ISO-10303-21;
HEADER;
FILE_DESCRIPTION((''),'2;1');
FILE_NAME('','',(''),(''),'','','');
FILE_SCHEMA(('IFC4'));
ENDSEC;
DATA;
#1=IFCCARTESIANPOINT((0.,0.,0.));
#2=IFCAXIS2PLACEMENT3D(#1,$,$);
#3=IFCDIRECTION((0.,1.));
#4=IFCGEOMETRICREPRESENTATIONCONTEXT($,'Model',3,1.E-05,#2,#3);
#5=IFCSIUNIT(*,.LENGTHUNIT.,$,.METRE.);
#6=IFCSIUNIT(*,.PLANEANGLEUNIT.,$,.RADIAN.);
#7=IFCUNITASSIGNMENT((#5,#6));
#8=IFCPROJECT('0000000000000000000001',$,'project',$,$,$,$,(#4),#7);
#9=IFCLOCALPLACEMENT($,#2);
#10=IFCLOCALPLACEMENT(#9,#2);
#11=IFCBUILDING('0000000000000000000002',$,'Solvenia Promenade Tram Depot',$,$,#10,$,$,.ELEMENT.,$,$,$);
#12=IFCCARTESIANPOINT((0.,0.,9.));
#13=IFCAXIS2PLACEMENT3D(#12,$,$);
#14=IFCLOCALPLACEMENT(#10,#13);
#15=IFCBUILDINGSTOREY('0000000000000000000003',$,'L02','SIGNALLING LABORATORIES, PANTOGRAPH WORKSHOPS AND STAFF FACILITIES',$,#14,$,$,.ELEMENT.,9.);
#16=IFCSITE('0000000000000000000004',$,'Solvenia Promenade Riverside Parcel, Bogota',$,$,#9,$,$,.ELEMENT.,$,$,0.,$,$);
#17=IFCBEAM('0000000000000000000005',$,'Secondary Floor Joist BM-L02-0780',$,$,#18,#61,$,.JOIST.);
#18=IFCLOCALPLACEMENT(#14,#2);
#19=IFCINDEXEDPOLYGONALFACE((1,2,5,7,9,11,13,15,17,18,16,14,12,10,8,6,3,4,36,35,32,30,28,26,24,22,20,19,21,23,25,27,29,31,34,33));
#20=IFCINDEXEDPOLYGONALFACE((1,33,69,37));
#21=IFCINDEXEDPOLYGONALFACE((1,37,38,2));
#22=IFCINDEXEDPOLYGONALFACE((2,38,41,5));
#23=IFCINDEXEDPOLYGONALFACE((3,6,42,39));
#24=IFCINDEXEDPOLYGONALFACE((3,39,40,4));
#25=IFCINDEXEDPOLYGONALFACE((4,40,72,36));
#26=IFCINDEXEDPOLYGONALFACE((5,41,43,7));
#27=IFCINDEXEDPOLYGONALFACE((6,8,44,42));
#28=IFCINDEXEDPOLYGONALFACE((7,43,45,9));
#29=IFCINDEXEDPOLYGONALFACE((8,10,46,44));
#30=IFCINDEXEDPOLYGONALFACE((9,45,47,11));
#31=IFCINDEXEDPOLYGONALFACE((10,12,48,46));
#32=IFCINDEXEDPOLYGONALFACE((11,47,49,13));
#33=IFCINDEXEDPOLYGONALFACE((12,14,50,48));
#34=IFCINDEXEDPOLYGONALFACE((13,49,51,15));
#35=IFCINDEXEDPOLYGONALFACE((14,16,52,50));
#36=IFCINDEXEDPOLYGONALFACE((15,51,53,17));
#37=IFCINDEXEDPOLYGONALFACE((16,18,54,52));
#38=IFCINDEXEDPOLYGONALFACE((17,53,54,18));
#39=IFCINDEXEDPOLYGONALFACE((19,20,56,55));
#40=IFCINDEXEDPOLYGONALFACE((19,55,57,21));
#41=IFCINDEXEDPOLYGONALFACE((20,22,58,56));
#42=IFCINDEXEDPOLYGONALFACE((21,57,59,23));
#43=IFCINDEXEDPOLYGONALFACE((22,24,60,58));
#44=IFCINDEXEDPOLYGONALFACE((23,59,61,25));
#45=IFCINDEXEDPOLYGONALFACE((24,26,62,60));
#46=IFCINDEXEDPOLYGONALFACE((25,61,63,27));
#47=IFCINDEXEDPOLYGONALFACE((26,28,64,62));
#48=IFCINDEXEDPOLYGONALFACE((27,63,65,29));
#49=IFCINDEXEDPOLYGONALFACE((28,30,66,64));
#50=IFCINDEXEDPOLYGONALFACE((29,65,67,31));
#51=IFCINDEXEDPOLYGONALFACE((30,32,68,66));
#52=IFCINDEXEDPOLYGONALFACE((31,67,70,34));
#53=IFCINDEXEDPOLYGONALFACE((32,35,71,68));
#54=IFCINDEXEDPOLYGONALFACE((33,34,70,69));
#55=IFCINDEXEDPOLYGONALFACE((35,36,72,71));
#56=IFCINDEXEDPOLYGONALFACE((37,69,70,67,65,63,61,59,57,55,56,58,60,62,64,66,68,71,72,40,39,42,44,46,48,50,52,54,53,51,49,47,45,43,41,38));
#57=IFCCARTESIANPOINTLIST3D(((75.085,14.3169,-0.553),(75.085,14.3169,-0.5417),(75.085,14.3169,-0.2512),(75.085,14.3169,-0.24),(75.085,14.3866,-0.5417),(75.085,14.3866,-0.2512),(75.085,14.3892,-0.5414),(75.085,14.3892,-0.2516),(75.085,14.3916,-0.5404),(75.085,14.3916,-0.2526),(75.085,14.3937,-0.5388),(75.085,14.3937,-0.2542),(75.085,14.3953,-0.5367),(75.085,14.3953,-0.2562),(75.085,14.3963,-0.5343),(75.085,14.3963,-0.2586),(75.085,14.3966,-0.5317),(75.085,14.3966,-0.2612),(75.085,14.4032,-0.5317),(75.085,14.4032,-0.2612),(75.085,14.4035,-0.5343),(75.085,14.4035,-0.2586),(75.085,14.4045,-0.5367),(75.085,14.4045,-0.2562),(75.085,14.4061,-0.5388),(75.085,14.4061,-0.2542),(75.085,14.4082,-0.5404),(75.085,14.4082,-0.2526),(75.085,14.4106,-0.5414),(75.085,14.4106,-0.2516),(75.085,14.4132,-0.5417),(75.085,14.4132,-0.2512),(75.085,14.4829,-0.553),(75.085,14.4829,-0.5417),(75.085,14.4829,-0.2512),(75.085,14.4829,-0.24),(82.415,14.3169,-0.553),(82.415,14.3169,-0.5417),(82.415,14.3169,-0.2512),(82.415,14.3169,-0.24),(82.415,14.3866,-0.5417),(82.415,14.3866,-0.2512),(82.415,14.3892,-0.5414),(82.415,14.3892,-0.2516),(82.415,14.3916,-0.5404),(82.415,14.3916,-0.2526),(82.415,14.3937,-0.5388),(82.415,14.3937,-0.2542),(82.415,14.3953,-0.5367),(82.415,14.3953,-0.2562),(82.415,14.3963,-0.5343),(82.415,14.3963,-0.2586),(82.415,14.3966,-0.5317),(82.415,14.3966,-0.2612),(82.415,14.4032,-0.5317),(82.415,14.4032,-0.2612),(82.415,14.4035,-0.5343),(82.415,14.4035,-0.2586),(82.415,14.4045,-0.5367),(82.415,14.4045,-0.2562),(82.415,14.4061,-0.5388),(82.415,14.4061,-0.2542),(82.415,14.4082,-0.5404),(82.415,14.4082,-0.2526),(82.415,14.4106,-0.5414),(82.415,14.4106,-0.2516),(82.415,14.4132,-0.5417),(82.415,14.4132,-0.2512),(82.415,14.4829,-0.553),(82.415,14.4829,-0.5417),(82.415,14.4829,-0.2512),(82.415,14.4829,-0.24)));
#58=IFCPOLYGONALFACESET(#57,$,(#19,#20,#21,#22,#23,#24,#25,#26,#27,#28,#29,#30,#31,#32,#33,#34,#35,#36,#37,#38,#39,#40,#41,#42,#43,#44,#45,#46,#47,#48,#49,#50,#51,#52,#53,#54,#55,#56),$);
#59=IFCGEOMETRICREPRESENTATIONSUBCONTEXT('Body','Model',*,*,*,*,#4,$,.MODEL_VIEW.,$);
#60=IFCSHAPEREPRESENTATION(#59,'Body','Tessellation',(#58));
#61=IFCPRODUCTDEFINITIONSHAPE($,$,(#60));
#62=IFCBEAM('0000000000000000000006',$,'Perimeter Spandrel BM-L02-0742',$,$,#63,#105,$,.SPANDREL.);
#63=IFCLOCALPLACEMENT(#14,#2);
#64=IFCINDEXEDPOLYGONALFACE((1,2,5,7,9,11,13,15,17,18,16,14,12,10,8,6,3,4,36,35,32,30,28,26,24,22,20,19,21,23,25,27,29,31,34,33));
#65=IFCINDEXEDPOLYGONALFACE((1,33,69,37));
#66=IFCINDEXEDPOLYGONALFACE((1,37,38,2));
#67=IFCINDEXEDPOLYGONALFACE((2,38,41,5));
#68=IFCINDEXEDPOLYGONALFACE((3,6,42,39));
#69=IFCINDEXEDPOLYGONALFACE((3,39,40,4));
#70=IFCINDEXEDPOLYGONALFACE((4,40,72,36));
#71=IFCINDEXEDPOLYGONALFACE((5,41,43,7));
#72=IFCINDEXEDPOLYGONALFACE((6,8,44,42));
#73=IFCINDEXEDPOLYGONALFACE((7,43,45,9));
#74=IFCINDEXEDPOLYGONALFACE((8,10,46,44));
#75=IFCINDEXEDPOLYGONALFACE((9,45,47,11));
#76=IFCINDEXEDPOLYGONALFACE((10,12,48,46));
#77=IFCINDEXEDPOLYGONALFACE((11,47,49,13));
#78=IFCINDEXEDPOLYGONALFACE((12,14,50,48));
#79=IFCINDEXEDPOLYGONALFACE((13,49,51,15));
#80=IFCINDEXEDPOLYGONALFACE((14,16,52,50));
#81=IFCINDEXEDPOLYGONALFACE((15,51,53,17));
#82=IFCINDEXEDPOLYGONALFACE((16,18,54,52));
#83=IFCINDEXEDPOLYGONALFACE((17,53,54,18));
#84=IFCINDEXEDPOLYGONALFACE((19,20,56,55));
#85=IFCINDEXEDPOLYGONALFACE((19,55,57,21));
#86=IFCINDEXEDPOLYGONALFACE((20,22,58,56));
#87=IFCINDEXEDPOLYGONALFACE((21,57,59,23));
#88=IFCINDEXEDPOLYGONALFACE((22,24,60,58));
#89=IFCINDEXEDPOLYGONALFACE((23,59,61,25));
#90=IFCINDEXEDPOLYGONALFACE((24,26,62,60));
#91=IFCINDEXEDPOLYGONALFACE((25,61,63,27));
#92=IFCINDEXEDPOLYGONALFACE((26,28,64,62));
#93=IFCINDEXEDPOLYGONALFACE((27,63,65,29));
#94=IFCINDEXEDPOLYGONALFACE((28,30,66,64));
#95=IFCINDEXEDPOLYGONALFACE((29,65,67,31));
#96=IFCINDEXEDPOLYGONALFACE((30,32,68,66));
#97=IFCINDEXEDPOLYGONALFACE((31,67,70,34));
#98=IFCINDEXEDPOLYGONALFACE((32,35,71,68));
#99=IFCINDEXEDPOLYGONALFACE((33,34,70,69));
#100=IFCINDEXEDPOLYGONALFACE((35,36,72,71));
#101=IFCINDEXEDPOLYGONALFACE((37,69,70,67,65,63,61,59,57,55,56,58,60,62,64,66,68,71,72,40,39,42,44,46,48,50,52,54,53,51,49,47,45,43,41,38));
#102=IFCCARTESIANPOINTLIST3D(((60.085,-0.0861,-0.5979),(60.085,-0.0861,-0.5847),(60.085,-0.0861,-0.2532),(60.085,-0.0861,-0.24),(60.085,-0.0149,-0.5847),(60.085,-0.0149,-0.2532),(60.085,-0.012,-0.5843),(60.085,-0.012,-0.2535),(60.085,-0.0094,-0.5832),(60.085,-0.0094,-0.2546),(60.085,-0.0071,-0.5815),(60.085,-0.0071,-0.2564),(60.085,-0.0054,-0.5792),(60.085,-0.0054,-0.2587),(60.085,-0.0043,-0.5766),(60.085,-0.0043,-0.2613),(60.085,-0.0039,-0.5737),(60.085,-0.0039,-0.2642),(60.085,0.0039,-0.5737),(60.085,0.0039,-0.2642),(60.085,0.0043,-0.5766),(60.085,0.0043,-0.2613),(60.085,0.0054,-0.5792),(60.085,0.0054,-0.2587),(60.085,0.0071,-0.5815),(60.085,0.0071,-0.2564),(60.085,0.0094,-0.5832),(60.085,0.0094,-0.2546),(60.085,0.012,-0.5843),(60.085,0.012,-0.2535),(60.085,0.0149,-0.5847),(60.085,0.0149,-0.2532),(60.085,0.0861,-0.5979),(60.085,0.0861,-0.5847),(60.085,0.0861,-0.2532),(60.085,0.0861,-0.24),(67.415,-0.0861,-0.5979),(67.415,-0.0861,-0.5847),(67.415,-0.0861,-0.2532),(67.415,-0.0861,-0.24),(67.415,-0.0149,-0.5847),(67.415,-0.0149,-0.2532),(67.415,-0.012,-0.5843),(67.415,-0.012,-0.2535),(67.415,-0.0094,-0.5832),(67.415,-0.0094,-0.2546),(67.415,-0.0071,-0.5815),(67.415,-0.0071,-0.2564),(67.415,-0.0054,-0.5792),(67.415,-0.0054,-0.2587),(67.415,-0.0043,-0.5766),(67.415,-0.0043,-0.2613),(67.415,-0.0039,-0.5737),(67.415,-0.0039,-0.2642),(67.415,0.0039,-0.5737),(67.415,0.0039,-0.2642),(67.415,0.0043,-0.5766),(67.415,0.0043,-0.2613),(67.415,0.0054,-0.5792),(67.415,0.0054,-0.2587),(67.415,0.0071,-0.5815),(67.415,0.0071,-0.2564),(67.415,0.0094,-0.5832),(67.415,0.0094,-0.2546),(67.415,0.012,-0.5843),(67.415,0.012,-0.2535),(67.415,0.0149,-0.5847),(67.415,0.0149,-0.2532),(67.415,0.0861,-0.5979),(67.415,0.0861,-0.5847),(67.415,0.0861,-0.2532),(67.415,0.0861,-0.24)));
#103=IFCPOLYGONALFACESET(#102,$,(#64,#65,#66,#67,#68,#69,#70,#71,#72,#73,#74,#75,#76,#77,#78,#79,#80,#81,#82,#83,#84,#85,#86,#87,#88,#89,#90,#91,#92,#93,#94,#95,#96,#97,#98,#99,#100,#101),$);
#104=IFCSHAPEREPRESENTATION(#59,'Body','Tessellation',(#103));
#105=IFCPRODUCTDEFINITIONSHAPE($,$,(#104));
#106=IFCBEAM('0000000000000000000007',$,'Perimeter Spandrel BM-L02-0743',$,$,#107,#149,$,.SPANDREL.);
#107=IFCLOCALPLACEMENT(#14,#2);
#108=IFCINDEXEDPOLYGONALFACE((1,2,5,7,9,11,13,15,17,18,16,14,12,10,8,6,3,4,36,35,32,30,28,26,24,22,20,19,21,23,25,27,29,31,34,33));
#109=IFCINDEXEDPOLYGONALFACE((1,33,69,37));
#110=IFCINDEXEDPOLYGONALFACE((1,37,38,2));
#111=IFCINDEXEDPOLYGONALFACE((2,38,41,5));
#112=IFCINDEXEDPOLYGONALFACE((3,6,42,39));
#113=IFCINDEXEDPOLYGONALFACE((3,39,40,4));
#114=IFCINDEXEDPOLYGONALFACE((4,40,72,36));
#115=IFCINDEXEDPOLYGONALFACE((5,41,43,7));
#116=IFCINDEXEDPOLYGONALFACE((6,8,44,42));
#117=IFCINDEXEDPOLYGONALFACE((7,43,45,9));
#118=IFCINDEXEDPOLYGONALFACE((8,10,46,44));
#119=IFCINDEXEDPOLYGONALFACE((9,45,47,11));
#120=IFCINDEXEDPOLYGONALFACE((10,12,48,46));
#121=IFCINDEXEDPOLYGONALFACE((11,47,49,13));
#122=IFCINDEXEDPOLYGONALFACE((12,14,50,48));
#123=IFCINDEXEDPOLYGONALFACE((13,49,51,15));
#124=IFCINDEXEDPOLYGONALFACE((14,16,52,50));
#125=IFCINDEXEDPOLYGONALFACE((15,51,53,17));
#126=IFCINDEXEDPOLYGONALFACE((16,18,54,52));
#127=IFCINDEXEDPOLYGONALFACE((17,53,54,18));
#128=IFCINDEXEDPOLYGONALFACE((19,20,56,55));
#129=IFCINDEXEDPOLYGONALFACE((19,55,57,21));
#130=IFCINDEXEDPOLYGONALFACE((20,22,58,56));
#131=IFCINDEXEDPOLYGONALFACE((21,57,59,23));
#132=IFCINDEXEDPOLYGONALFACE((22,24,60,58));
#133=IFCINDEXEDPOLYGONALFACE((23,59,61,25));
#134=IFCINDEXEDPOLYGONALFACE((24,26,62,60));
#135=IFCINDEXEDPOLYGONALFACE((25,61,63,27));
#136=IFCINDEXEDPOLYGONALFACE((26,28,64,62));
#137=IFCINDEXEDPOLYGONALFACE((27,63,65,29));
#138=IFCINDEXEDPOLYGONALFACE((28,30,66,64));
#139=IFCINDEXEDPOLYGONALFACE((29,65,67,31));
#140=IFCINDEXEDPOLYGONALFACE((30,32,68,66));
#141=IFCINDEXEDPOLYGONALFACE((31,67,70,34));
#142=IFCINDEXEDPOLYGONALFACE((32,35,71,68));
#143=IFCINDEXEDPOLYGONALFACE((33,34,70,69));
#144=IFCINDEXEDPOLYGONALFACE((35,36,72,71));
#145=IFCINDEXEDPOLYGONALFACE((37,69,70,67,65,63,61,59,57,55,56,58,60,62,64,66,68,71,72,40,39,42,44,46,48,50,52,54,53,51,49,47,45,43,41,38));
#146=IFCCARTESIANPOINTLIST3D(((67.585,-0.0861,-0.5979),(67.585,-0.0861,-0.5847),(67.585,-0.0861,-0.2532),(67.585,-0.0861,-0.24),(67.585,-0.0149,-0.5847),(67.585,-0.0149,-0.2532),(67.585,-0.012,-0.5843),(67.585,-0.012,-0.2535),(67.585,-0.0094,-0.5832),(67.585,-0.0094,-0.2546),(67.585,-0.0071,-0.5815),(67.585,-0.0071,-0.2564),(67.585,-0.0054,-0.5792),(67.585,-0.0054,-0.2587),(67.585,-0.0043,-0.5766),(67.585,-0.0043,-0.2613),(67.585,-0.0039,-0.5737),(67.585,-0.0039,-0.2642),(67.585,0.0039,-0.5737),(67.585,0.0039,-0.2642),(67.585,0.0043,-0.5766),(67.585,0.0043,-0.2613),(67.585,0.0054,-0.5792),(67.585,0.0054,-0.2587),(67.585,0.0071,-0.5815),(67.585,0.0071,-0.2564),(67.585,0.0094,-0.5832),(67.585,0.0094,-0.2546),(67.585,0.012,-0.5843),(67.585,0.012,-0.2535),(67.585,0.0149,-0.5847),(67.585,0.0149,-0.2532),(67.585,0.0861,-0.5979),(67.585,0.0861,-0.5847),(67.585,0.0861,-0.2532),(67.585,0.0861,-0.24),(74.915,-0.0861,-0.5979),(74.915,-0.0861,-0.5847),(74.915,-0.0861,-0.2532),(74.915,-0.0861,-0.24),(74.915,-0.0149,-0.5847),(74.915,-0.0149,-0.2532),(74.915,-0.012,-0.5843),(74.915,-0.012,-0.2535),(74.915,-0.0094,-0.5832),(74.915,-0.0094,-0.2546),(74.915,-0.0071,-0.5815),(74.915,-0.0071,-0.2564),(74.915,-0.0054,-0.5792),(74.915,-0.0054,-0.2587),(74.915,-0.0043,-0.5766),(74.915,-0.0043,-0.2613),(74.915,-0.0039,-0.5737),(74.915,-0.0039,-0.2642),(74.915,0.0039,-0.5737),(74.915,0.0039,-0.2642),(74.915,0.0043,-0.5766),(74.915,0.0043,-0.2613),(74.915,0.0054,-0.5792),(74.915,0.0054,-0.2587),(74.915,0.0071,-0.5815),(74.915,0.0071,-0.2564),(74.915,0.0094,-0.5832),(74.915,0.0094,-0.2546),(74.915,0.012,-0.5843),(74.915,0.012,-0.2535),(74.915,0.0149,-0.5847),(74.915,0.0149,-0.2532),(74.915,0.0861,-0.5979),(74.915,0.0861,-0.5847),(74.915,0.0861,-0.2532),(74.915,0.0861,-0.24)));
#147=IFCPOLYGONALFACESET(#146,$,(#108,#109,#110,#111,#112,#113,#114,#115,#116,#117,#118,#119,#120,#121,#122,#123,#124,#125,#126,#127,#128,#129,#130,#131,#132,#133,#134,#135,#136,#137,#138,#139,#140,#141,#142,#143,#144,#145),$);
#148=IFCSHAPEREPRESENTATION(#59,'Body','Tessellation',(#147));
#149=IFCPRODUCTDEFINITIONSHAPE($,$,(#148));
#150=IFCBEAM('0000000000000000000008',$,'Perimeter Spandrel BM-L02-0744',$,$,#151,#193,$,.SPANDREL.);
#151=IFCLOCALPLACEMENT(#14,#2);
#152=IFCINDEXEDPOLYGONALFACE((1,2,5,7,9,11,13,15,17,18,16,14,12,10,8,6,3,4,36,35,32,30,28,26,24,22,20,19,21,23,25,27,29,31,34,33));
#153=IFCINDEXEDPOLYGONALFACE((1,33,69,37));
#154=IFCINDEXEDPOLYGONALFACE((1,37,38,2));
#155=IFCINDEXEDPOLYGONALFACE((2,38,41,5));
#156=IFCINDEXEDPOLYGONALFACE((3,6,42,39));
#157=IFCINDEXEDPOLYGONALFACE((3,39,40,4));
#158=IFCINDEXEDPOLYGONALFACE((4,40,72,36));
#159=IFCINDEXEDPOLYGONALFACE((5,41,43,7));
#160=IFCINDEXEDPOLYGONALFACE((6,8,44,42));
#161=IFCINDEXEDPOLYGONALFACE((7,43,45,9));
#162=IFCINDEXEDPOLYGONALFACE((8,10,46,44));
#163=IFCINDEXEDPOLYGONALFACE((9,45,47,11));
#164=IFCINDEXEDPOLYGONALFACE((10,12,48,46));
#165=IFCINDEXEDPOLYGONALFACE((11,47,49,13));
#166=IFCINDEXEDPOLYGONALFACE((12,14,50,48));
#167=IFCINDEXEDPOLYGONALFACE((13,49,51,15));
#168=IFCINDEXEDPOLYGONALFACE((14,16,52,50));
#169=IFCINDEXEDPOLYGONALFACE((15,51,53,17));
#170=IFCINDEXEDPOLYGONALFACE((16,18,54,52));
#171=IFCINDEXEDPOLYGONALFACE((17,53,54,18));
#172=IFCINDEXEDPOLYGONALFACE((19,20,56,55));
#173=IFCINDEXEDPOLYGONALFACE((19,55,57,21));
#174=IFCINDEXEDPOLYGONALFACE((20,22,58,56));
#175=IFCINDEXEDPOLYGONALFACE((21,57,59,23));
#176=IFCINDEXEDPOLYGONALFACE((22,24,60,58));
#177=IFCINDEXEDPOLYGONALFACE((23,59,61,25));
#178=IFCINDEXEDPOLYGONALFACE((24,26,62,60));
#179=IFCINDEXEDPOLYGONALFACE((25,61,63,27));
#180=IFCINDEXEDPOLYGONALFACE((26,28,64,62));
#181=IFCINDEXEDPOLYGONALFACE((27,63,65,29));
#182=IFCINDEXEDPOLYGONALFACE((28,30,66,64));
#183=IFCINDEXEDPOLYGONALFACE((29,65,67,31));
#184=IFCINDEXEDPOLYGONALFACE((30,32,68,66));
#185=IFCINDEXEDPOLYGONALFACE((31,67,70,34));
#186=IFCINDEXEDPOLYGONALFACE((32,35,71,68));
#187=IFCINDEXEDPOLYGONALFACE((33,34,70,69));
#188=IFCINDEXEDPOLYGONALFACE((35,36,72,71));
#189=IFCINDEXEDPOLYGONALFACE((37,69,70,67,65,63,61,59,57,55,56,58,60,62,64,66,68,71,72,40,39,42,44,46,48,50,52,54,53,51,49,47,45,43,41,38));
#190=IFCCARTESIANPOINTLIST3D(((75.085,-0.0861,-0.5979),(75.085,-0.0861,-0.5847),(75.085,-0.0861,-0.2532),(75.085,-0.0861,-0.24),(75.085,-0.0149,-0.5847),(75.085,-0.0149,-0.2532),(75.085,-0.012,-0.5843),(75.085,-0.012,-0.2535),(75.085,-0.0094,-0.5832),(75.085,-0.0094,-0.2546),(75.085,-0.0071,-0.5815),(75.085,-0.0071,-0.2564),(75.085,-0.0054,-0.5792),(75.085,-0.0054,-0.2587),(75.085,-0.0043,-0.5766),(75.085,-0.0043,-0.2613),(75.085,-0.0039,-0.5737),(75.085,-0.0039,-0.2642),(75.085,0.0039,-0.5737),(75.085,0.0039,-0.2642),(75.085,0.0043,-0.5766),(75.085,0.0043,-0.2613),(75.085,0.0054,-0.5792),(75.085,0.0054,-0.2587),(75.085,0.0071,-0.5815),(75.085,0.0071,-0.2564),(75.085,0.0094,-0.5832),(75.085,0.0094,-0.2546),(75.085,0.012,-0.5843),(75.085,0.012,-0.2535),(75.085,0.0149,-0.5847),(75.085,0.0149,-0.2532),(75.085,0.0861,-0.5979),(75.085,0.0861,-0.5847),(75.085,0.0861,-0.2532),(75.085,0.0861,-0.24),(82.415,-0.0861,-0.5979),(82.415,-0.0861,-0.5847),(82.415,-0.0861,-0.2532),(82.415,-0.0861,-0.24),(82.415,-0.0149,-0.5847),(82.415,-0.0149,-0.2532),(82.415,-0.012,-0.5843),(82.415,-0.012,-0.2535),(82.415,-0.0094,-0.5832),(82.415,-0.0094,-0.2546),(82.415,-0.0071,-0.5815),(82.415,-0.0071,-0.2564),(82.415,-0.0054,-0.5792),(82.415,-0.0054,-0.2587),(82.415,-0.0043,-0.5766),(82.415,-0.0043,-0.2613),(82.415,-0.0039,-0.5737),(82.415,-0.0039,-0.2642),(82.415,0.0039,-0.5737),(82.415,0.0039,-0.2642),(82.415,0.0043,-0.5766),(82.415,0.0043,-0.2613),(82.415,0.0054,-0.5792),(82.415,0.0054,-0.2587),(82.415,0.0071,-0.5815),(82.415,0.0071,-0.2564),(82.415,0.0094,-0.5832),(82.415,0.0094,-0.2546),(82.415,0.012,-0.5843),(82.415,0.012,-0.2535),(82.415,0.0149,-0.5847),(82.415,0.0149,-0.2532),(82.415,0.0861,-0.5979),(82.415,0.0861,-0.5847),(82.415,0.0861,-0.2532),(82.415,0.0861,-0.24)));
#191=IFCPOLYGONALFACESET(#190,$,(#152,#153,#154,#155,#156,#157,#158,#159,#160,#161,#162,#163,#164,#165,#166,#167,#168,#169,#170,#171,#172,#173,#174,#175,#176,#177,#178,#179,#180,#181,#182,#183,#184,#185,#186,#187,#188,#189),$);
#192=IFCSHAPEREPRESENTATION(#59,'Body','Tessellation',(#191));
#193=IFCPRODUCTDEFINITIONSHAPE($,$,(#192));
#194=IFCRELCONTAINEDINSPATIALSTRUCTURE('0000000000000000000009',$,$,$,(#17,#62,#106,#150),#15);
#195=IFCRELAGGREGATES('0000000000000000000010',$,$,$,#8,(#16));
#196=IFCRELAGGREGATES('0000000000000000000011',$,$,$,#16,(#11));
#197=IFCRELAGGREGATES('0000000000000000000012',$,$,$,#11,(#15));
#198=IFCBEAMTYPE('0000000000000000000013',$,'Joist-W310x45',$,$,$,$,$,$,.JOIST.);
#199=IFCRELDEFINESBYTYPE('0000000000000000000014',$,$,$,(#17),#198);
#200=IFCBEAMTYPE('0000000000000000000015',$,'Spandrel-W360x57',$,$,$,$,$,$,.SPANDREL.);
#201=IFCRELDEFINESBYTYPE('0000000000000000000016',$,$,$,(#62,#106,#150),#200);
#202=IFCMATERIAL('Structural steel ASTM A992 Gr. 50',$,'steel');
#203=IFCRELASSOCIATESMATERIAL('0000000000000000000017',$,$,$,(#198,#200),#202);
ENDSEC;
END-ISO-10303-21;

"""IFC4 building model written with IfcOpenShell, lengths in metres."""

from ifc_helpers import new_model, si_unit, direction, frame, origin, origin_2d, place, context, subcontext, project, spatial, i_section, extrude, material, material_profile, profile_set, type_object, element, save


model = new_model("IFC4")

# Units and contexts
model_context = context("Model", 3, precision=1e-05, world=origin(), true_north=direction((0.0, 1.0)))
body_context = subcontext(model_context, "Body", "Model", "MODEL_VIEW")
ifc_project = project(units=[si_unit("LENGTHUNIT", "METRE"), si_unit("PLANEANGLEUNIT", "RADIAN")], contexts=[model_context])

# Site, building, storey
site_placement = place(None, origin())
site = spatial("IfcSite", under=ifc_project, at=site_placement, Name="Solvenia Promenade Riverside Parcel, Bogota", CompositionType="ELEMENT", RefElevation=0.0)
building_placement = place(site_placement, origin())
building = spatial("IfcBuilding", under=site, at=building_placement, Name="Solvenia Promenade Tram Depot", CompositionType="ELEMENT")
storey_placement = place(building_placement, frame((0.0, 0.0, 9.0)))
storey = spatial("IfcBuildingStorey", under=building, at=storey_placement, Name="L02", Description="SIGNALLING LABORATORIES, PANTOGRAPH WORKSHOPS AND STAFF FACILITIES", CompositionType="ELEMENT", Elevation=9.0)

# Beams
ifc_material_1 = material(Name="Structural steel ASTM A992 Gr. 50", Category="steel")
ifc_material_profile_1 = material_profile(ifc_material_1, i_section(OverallWidth=0.166, OverallDepth=0.313, WebThickness=0.0066, FlangeThickness=0.0112, FilletRadius=0.01, at=origin_2d()), Name="W310x45", Category="steel")
ifc_profile_set_1 = profile_set([ifc_material_profile_1], Name="Structural steel ASTM A992 Gr. 50")
beam_type_1 = type_object("IfcBeamType", Name="Joist-W310x45", PredefinedType="JOIST", material=ifc_profile_set_1)
for number, where, z_axis, x_axis, name in (
    (1, (75.085, 14.3999, -0.3965), (1.0, 0.0, 0.0), (0.0, 1.0, 0.0), "Secondary Floor Joist BM-L02-0780"),
):
    element("IfcBeam", number, at=place(storey_placement, frame(where, z_axis=z_axis, x_axis=x_axis)), inside=storey, type_object=beam_type_1, Name=name, PredefinedType="JOIST", context=body_context, shape_type="SweptSolid", body=[
        extrude(i_section(OverallWidth=0.166, OverallDepth=0.313, WebThickness=0.0066, FlangeThickness=0.0112, FilletRadius=0.01, at=origin_2d()), origin(), (0.0, 0.0, 1.0), 7.3301),
    ])
ifc_material_profile_2 = material_profile(ifc_material_1, i_section(OverallWidth=0.1721, OverallDepth=0.3579, WebThickness=0.0078, FlangeThickness=0.0132, FilletRadius=0.011, at=origin_2d()), Name="W360x57", Category="steel")
ifc_profile_set_2 = profile_set([ifc_material_profile_2], Name="Structural steel ASTM A992 Gr. 50")
beam_type_2 = type_object("IfcBeamType", Name="Spandrel-W360x57", PredefinedType="SPANDREL", material=ifc_profile_set_2)
for number, where, z_axis, x_axis, name in (
    (2, (60.085, 0.0, -0.4189), (1.0, 0.0, 0.0), (0.0, 1.0, 0.0), "Perimeter Spandrel BM-L02-0742"),
    (3, (67.585, 0.0, -0.4189), (1.0, 0.0, 0.0), (0.0, 1.0, 0.0), "Perimeter Spandrel BM-L02-0743"),
    (4, (75.085, 0.0, -0.4189), (1.0, 0.0, 0.0), (0.0, 1.0, 0.0), "Perimeter Spandrel BM-L02-0744"),
):
    element("IfcBeam", number, at=place(storey_placement, frame(where, z_axis=z_axis, x_axis=x_axis)), inside=storey, type_object=beam_type_2, Name=name, PredefinedType="SPANDREL", context=body_context, shape_type="SweptSolid", body=[
        extrude(i_section(OverallWidth=0.1721, OverallDepth=0.3579, WebThickness=0.0078, FlangeThickness=0.0132, FilletRadius=0.011, at=origin_2d()), origin(), (0.0, 0.0, 1.0), 7.3301),
    ])

save(model, "model.ifc")
